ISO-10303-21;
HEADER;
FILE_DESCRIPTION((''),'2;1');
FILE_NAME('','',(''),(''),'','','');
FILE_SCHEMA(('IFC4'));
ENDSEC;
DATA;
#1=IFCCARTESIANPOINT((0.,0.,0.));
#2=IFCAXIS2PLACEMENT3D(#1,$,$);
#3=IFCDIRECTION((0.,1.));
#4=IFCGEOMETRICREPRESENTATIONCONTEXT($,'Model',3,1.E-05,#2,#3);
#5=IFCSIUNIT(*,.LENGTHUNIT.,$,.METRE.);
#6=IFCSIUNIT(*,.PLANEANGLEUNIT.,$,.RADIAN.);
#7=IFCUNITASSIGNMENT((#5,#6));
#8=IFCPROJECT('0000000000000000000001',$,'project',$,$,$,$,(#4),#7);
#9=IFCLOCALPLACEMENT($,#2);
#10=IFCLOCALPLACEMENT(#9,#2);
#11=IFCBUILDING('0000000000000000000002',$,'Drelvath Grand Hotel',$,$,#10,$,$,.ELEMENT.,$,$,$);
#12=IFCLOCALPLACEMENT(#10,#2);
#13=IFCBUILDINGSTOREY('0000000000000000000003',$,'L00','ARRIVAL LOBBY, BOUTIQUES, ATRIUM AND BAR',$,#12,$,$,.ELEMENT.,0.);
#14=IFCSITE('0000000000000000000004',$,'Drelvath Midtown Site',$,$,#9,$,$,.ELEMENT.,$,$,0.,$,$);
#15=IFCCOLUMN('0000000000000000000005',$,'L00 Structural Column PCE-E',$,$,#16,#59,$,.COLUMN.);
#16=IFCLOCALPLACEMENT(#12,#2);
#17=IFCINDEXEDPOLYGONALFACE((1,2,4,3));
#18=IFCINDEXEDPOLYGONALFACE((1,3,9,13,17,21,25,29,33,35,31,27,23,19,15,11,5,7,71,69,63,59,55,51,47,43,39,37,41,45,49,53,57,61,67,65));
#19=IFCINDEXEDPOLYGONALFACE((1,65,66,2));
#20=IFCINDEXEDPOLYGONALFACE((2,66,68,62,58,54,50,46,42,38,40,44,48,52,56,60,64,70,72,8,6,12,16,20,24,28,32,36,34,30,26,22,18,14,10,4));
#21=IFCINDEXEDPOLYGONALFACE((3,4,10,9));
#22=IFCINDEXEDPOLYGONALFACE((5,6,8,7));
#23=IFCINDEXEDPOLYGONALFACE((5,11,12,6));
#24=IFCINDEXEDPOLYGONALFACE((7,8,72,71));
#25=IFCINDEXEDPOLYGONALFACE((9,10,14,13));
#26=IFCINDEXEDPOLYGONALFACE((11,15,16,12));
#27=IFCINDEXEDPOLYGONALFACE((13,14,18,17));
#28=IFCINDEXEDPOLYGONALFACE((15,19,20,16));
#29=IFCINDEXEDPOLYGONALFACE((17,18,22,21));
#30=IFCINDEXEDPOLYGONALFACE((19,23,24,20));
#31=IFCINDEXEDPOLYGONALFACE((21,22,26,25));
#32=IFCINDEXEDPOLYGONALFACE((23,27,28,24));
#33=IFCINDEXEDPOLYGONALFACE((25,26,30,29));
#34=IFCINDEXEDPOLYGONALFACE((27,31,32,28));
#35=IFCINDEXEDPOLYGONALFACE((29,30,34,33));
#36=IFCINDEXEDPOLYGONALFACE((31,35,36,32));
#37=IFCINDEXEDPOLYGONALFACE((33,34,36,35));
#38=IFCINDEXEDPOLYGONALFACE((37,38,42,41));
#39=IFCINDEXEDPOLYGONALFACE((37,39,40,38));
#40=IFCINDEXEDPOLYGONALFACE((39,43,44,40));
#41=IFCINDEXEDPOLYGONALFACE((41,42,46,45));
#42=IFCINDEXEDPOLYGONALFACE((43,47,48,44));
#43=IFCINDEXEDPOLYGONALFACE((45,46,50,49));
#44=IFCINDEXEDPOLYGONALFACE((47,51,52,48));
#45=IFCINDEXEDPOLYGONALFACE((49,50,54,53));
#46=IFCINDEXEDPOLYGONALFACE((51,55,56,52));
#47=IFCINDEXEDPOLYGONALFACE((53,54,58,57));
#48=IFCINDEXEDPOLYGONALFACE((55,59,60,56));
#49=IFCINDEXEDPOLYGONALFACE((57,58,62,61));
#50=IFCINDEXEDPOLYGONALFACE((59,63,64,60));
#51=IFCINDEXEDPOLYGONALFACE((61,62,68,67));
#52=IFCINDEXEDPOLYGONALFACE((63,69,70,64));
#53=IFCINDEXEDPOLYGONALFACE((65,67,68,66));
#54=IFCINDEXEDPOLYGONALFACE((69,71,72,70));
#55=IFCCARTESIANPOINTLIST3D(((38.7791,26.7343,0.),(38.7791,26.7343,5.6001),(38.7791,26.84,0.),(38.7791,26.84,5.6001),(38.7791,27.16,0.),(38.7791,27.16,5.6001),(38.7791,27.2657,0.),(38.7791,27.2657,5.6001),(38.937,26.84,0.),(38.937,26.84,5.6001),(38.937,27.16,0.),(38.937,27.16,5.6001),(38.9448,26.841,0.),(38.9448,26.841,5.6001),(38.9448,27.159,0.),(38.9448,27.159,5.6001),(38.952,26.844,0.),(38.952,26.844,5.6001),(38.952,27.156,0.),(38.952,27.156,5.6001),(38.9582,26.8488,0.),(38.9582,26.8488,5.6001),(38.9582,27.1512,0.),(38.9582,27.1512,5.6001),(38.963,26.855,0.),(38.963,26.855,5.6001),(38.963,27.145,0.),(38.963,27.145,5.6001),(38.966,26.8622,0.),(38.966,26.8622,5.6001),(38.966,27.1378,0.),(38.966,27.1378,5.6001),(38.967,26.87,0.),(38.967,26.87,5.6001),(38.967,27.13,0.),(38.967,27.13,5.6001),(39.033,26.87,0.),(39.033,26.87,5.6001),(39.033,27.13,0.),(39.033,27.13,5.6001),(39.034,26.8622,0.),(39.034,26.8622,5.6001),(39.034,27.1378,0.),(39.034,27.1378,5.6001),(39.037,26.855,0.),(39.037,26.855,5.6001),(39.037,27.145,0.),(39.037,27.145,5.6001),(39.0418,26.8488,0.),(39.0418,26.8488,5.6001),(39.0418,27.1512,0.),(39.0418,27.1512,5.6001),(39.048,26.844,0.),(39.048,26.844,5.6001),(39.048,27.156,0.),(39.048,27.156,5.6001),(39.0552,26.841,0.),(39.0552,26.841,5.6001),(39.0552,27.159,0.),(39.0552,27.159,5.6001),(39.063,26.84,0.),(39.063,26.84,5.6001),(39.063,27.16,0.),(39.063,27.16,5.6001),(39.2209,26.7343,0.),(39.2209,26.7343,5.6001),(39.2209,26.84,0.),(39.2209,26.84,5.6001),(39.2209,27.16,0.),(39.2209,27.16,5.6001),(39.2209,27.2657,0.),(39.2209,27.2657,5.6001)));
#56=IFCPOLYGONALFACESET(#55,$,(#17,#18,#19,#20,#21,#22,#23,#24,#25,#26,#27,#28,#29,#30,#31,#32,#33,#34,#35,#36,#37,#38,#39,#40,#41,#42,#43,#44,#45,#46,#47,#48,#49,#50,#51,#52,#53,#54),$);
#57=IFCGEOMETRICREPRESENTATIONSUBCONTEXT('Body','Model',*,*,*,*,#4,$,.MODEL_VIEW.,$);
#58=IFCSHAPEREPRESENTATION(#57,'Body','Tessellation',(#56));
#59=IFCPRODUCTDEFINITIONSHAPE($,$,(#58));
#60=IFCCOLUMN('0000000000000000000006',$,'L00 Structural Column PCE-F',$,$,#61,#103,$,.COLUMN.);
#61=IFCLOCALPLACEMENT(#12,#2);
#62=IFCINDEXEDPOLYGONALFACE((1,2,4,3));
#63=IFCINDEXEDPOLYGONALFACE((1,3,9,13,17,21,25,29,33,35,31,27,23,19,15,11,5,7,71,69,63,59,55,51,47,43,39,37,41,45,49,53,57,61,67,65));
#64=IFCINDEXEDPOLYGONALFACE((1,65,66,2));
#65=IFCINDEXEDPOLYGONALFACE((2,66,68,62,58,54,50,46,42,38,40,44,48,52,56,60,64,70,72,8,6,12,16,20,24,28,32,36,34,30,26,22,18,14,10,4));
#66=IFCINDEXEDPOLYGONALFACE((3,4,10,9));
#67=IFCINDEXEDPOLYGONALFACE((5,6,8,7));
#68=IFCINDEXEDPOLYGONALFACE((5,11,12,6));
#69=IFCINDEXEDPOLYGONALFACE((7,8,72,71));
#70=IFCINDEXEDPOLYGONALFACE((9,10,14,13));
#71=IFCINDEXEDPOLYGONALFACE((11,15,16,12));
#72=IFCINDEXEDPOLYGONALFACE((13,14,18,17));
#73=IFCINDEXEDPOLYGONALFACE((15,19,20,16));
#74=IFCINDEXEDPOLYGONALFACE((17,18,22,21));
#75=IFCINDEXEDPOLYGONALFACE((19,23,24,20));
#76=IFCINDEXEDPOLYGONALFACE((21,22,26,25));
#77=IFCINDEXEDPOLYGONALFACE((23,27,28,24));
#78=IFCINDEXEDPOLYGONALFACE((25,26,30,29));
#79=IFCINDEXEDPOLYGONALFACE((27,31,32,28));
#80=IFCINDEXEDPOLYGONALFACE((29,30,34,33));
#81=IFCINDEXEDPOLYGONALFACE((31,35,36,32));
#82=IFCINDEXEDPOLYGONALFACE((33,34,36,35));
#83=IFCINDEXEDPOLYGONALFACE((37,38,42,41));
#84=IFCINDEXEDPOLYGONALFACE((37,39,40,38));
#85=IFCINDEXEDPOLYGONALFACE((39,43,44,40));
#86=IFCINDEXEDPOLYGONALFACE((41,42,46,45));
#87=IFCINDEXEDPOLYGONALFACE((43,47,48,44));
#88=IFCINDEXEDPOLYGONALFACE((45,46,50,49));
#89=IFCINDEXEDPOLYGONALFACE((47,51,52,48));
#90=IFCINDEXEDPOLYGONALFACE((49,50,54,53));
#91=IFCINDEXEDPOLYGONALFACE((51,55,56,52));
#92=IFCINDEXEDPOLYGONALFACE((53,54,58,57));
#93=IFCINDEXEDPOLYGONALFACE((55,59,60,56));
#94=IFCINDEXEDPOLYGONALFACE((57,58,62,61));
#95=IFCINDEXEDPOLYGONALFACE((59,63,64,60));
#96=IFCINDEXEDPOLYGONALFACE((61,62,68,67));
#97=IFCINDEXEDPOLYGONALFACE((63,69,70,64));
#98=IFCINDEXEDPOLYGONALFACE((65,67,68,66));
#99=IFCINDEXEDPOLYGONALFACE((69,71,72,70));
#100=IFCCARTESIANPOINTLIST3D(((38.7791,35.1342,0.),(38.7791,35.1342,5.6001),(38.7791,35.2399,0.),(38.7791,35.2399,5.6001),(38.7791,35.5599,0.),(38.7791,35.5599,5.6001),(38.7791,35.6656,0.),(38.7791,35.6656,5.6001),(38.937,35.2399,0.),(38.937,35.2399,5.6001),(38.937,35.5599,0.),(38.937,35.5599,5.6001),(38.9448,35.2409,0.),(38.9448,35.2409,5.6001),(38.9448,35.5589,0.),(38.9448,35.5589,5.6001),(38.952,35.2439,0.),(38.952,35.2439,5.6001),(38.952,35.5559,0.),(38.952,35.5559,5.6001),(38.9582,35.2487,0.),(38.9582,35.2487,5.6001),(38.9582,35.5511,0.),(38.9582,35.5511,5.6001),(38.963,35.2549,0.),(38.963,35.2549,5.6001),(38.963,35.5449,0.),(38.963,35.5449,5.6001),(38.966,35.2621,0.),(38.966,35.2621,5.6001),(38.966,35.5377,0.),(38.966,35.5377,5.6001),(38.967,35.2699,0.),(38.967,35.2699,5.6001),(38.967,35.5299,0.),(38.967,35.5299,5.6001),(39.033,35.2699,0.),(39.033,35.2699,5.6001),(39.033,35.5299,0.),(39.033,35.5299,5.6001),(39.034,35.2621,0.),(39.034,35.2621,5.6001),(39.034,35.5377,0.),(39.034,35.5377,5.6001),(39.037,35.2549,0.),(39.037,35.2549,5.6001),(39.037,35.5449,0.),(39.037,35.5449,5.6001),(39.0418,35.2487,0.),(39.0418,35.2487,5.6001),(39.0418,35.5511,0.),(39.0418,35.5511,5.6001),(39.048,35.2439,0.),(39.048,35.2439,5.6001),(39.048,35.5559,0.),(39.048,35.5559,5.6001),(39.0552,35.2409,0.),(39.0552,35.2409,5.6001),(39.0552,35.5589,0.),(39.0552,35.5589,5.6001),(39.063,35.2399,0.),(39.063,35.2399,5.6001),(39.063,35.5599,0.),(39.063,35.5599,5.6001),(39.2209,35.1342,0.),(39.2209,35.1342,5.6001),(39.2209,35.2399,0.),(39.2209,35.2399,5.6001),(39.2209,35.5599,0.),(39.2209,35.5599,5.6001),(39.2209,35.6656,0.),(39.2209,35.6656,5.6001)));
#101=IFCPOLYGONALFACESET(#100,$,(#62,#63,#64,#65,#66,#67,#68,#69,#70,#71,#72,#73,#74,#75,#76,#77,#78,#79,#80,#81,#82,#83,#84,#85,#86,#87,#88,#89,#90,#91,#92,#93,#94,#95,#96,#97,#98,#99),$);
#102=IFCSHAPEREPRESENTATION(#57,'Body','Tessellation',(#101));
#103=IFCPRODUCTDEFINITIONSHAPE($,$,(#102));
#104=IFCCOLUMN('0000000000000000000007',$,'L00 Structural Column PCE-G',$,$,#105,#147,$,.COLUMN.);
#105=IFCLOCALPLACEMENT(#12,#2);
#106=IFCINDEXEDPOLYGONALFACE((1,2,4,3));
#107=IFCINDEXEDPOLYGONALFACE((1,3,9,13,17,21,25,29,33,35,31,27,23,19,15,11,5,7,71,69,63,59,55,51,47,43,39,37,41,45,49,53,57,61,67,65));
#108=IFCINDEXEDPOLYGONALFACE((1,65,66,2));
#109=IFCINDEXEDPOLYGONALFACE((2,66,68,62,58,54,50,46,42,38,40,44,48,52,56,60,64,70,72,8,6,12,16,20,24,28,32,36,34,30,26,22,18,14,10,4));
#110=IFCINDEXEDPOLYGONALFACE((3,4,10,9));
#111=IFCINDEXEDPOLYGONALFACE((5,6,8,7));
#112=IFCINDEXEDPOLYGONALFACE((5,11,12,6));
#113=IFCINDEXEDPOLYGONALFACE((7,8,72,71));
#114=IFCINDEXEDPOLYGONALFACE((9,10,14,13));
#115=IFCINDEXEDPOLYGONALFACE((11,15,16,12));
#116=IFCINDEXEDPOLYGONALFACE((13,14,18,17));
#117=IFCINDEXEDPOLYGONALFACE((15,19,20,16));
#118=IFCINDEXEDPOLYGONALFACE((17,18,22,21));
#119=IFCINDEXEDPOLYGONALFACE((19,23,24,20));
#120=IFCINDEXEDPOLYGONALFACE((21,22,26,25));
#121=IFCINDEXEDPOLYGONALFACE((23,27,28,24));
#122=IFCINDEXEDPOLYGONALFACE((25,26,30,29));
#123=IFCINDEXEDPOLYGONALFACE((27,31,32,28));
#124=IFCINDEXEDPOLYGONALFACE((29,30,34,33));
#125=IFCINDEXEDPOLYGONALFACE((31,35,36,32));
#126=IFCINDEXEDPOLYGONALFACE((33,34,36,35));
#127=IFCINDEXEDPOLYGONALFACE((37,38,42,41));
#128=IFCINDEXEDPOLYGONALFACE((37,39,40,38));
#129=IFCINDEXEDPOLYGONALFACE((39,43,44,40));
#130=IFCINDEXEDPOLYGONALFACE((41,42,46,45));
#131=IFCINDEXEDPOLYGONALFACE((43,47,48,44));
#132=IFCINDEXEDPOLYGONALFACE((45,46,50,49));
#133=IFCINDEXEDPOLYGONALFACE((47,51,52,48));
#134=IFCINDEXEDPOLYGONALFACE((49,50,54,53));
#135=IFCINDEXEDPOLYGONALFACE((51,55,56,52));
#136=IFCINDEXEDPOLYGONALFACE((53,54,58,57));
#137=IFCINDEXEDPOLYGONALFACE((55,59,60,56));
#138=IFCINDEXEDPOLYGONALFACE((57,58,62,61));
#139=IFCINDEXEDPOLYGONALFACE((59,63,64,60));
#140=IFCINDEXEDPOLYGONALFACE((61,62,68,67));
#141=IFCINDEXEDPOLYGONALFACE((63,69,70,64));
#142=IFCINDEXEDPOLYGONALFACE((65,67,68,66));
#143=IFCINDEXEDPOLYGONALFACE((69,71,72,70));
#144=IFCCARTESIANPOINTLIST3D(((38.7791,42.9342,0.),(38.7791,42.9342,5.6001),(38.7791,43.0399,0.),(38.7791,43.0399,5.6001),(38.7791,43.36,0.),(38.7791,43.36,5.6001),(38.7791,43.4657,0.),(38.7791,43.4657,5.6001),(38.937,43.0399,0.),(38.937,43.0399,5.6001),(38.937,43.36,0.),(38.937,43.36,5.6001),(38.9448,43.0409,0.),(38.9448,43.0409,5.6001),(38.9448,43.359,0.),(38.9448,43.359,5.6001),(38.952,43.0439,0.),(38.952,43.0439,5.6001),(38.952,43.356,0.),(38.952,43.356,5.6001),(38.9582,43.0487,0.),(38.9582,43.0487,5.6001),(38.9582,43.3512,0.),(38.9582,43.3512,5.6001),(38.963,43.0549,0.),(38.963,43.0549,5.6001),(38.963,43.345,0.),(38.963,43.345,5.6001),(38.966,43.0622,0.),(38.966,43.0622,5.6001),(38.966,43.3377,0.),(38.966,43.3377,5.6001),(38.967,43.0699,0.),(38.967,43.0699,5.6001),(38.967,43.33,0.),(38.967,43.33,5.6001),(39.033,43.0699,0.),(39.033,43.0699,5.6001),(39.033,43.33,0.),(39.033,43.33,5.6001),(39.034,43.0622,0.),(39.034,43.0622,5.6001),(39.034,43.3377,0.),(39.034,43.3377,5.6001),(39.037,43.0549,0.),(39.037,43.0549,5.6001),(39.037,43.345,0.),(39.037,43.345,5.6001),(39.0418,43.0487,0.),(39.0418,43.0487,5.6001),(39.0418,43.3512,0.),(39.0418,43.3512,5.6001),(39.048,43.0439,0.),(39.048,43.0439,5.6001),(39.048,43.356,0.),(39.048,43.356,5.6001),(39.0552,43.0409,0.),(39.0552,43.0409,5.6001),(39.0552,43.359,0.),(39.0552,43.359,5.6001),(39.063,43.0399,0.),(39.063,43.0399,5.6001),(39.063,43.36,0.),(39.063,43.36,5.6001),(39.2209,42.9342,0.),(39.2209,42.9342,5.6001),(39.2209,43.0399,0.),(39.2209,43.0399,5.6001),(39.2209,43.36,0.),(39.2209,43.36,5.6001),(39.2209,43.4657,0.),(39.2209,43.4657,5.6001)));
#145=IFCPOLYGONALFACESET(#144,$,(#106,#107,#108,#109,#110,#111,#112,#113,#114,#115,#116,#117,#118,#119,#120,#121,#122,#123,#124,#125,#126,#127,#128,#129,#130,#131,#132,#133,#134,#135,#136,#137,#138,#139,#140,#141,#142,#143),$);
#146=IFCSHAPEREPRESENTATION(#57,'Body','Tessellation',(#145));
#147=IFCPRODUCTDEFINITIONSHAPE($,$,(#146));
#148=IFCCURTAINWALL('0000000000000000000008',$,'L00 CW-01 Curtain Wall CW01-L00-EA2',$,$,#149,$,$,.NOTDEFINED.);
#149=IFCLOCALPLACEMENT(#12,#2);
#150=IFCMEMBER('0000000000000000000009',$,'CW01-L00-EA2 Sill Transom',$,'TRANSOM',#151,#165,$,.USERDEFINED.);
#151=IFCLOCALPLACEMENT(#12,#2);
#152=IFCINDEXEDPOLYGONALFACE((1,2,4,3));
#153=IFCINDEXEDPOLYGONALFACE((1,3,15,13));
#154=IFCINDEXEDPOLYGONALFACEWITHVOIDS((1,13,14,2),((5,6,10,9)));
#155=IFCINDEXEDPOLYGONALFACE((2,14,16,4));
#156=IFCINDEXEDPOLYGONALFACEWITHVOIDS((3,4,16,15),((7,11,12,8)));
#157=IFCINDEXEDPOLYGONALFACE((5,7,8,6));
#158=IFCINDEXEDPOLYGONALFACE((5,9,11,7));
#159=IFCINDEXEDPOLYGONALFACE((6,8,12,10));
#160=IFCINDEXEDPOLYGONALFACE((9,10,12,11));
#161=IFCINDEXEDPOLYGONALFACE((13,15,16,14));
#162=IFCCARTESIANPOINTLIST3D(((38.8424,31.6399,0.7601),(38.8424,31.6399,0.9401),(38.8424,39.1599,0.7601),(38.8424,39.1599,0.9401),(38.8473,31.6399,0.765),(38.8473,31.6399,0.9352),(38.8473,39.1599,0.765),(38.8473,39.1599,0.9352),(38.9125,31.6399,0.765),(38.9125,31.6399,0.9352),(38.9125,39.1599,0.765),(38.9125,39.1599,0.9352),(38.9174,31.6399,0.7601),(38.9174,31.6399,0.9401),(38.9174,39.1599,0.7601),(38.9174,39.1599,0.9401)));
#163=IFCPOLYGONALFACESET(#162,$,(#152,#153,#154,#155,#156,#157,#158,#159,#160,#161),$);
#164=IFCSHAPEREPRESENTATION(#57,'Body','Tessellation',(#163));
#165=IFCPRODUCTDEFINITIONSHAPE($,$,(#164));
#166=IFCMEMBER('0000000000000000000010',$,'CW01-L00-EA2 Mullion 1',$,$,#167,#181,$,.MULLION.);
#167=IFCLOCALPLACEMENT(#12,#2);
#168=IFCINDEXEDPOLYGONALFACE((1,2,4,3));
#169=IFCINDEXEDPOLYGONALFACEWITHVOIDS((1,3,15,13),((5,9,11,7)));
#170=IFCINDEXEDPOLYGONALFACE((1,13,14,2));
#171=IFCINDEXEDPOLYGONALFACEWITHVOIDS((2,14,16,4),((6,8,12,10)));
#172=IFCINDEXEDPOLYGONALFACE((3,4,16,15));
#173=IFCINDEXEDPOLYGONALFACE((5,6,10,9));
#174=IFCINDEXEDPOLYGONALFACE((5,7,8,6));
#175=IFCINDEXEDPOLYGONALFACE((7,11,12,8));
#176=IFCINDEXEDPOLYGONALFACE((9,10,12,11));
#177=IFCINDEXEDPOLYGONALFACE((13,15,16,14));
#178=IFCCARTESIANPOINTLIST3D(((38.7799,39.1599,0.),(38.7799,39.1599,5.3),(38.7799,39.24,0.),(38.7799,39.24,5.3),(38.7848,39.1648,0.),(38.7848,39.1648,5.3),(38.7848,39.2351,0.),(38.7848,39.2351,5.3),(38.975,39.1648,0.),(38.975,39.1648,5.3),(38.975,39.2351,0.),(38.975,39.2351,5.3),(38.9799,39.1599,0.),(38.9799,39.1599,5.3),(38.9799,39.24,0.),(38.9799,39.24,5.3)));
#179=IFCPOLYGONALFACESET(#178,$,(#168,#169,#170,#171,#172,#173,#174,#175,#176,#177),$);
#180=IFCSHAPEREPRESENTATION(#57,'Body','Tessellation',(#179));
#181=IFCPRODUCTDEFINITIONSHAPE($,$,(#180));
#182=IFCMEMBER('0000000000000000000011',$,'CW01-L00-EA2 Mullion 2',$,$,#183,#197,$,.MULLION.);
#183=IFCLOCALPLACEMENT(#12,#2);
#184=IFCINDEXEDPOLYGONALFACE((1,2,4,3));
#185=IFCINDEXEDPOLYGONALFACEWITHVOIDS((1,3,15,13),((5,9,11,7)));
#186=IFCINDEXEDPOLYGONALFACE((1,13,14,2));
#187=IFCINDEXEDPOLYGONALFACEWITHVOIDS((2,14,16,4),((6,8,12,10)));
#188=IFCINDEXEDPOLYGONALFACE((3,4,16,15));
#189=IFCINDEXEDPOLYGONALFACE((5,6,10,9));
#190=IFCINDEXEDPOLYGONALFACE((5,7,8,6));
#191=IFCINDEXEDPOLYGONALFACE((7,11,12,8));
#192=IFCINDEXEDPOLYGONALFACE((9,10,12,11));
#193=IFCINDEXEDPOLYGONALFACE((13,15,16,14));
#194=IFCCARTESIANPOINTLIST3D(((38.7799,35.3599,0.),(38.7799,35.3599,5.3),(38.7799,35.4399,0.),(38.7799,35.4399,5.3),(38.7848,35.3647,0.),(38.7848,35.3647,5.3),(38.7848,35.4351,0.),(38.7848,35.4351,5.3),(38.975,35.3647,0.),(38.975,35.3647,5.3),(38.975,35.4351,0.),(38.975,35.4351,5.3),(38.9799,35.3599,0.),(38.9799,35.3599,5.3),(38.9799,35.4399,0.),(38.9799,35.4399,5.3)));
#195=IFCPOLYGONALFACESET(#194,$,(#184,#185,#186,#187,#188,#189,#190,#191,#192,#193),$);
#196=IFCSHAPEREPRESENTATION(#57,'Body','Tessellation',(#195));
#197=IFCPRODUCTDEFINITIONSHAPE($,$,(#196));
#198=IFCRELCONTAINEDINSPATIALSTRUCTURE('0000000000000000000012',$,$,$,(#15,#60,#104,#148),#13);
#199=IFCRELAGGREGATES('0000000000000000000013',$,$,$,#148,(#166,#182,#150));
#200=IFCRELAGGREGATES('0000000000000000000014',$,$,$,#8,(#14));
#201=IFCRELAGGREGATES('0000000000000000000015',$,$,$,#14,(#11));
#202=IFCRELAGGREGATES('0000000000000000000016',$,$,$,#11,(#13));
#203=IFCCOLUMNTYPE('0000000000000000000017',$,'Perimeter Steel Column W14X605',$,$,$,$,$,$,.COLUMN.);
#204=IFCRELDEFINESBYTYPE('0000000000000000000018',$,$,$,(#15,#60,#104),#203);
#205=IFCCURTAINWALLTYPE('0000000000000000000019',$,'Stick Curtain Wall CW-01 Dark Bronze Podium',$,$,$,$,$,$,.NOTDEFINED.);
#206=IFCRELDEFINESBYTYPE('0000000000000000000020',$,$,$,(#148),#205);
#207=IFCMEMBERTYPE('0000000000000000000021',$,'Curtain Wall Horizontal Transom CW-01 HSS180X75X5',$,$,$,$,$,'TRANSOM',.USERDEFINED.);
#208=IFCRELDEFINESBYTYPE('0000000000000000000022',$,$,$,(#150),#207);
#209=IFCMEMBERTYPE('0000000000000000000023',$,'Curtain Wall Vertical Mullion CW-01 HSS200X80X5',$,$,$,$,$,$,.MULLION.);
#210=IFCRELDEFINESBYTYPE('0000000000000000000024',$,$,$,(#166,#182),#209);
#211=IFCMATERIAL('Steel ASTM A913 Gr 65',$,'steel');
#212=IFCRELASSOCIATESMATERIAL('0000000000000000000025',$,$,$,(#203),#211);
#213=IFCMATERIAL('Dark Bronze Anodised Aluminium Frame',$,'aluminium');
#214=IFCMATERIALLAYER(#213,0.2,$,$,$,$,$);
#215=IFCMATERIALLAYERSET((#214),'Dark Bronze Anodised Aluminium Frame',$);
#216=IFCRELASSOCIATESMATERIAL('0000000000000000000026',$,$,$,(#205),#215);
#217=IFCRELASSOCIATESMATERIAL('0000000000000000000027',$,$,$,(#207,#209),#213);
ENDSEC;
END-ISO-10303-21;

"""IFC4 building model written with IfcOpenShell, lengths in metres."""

from ifc_helpers import new_model, si_unit, direction, frame, origin, origin_2d, place, context, subcontext, project, spatial, hollow_rectangle, i_section, extrude, material, layer, layer_set, material_profile, profile_set, type_object, element, aggregate, save


model = new_model("IFC4")

# Units and contexts
model_context = context("Model", 3, precision=1e-05, world=origin(), true_north=direction((0.0, 1.0)))
body_context = subcontext(model_context, "Body", "Model", "MODEL_VIEW")
ifc_project = project(units=[si_unit("LENGTHUNIT", "METRE"), si_unit("PLANEANGLEUNIT", "RADIAN")], contexts=[model_context])

# Site, building, storey
site_placement = place(None, origin())
site = spatial("IfcSite", under=ifc_project, at=site_placement, Name="Drelvath Midtown Site", CompositionType="ELEMENT", RefElevation=0.0)
building_placement = place(site_placement, origin())
building = spatial("IfcBuilding", under=site, at=building_placement, Name="Drelvath Grand Hotel", CompositionType="ELEMENT")
storey_placement = place(building_placement, origin())
storey = spatial("IfcBuildingStorey", under=building, at=storey_placement, Name="L00", Description="ARRIVAL LOBBY, BOUTIQUES, ATRIUM AND BAR", CompositionType="ELEMENT", Elevation=0.0)

# Columns
ifc_material_1 = material(Name="Steel ASTM A913 Gr 65", Category="steel")
ifc_material_profile_1 = material_profile(ifc_material_1, i_section(OverallWidth=0.4419, OverallDepth=0.5315, WebThickness=0.0659, FlangeThickness=0.1057, FilletRadius=0.03, at=origin_2d()), Name="W14X605")
ifc_profile_set_1 = profile_set([ifc_material_profile_1], Name="Steel ASTM A913 Gr 65")
column_type = type_object("IfcColumnType", Name="Perimeter Steel Column W14X605", PredefinedType="COLUMN", material=ifc_profile_set_1)
for number, where, z_axis, x_axis, name in (
    (1, (39.0, 27.0, 0.0), (0.0, 0.0, 1.0), (1.0, 0.0, 0.0), "L00 Structural Column PCE-E"),
    (2, (39.0, 35.3999, 0.0), (0.0, 0.0, 1.0), (1.0, 0.0, 0.0), "L00 Structural Column PCE-F"),
    (3, (39.0, 43.2, 0.0), (0.0, 0.0, 1.0), (1.0, 0.0, 0.0), "L00 Structural Column PCE-G"),
):
    element("IfcColumn", number, at=place(storey_placement, frame(where, z_axis=z_axis, x_axis=x_axis)), inside=storey, type_object=column_type, Name=name, PredefinedType="COLUMN", context=body_context, shape_type="SweptSolid", body=[
        extrude(i_section(OverallWidth=0.4419, OverallDepth=0.5315, WebThickness=0.0659, FlangeThickness=0.1057, FilletRadius=0.03, at=origin_2d()), origin(), (0.0, 0.0, 1.0), 5.6001),
    ])

# Curtain wall, members
ifc_material_2 = material(Name="Dark Bronze Anodised Aluminium Frame", Category="aluminium")
ifc_layer_1 = layer(ifc_material_2, 0.2)
ifc_layer_set_1 = layer_set([ifc_layer_1], Name="Dark Bronze Anodised Aluminium Frame")
curtain_wall_type = type_object("IfcCurtainWallType", Name="Stick Curtain Wall CW-01 Dark Bronze Podium", PredefinedType="NOTDEFINED", material=ifc_layer_set_1)
curtain_wall_placement = place(storey_placement, origin())
curtain_wall = element("IfcCurtainWall", 4, at=curtain_wall_placement, inside=storey, type_object=curtain_wall_type, Name="L00 CW-01 Curtain Wall CW01-L00-EA2", PredefinedType="NOTDEFINED")
ifc_material_profile_2 = material_profile(ifc_material_2, hollow_rectangle(XDim=0.075, YDim=0.1799, WallThickness=0.0049, at=origin_2d()), Name="HSS180X75X5")
ifc_profile_set_2 = profile_set([ifc_material_profile_2], Name="Dark Bronze Anodised Aluminium Frame")
member_type_1 = type_object("IfcMemberType", Name="Curtain Wall Horizontal Transom CW-01 HSS180X75X5", ElementType="TRANSOM", PredefinedType="USERDEFINED", material=ifc_profile_set_2)
member_1_placement = place(storey_placement, frame((38.8799, 39.1599, 0.8501), z_axis=(0.0, -1.0, 0.0), x_axis=(1.0, 0.0, 0.0)))
member_1 = element("IfcMember", 5, at=member_1_placement, type_object=member_type_1, Name="CW01-L00-EA2 Sill Transom", ObjectType="TRANSOM", PredefinedType="USERDEFINED", context=body_context, shape_type="SweptSolid", body=[
    extrude(hollow_rectangle(XDim=0.075, YDim=0.1799, WallThickness=0.0049, at=origin_2d()), origin(), (0.0, 0.0, 1.0), 7.52),
])
ifc_material_profile_3 = material_profile(ifc_material_2, hollow_rectangle(XDim=0.0801, YDim=0.2, WallThickness=0.0049, at=origin_2d()), Name="HSS200X80X5")
ifc_profile_set_3 = profile_set([ifc_material_profile_3], Name="Dark Bronze Anodised Aluminium Frame")
member_type_2 = type_object("IfcMemberType", Name="Curtain Wall Vertical Mullion CW-01 HSS200X80X5", PredefinedType="MULLION", material=ifc_profile_set_3)
member_2_placement = place(storey_placement, frame((38.8799, 39.2, 0.0), z_axis=(0.0, 0.0, 1.0), x_axis=(0.0, 1.0, 0.0)))
member_2 = element("IfcMember", 6, at=member_2_placement, type_object=member_type_2, Name="CW01-L00-EA2 Mullion 1", PredefinedType="MULLION", context=body_context, shape_type="SweptSolid", body=[
    extrude(hollow_rectangle(XDim=0.0801, YDim=0.2, WallThickness=0.0049, at=origin_2d()), origin(), (0.0, 0.0, 1.0), 5.3),
])
member_3_placement = place(storey_placement, frame((38.8799, 35.3999, 0.0), z_axis=(0.0, 0.0, 1.0), x_axis=(0.0, 1.0, 0.0)))
member_3 = element("IfcMember", 7, at=member_3_placement, type_object=member_type_2, Name="CW01-L00-EA2 Mullion 2", PredefinedType="MULLION", context=body_context, shape_type="SweptSolid", body=[
    extrude(hollow_rectangle(XDim=0.0801, YDim=0.2, WallThickness=0.0049, at=origin_2d()), origin(), (0.0, 0.0, 1.0), 5.3),
])

aggregate(curtain_wall, [member_2, member_3, member_1])

save(model, "model.ifc")
